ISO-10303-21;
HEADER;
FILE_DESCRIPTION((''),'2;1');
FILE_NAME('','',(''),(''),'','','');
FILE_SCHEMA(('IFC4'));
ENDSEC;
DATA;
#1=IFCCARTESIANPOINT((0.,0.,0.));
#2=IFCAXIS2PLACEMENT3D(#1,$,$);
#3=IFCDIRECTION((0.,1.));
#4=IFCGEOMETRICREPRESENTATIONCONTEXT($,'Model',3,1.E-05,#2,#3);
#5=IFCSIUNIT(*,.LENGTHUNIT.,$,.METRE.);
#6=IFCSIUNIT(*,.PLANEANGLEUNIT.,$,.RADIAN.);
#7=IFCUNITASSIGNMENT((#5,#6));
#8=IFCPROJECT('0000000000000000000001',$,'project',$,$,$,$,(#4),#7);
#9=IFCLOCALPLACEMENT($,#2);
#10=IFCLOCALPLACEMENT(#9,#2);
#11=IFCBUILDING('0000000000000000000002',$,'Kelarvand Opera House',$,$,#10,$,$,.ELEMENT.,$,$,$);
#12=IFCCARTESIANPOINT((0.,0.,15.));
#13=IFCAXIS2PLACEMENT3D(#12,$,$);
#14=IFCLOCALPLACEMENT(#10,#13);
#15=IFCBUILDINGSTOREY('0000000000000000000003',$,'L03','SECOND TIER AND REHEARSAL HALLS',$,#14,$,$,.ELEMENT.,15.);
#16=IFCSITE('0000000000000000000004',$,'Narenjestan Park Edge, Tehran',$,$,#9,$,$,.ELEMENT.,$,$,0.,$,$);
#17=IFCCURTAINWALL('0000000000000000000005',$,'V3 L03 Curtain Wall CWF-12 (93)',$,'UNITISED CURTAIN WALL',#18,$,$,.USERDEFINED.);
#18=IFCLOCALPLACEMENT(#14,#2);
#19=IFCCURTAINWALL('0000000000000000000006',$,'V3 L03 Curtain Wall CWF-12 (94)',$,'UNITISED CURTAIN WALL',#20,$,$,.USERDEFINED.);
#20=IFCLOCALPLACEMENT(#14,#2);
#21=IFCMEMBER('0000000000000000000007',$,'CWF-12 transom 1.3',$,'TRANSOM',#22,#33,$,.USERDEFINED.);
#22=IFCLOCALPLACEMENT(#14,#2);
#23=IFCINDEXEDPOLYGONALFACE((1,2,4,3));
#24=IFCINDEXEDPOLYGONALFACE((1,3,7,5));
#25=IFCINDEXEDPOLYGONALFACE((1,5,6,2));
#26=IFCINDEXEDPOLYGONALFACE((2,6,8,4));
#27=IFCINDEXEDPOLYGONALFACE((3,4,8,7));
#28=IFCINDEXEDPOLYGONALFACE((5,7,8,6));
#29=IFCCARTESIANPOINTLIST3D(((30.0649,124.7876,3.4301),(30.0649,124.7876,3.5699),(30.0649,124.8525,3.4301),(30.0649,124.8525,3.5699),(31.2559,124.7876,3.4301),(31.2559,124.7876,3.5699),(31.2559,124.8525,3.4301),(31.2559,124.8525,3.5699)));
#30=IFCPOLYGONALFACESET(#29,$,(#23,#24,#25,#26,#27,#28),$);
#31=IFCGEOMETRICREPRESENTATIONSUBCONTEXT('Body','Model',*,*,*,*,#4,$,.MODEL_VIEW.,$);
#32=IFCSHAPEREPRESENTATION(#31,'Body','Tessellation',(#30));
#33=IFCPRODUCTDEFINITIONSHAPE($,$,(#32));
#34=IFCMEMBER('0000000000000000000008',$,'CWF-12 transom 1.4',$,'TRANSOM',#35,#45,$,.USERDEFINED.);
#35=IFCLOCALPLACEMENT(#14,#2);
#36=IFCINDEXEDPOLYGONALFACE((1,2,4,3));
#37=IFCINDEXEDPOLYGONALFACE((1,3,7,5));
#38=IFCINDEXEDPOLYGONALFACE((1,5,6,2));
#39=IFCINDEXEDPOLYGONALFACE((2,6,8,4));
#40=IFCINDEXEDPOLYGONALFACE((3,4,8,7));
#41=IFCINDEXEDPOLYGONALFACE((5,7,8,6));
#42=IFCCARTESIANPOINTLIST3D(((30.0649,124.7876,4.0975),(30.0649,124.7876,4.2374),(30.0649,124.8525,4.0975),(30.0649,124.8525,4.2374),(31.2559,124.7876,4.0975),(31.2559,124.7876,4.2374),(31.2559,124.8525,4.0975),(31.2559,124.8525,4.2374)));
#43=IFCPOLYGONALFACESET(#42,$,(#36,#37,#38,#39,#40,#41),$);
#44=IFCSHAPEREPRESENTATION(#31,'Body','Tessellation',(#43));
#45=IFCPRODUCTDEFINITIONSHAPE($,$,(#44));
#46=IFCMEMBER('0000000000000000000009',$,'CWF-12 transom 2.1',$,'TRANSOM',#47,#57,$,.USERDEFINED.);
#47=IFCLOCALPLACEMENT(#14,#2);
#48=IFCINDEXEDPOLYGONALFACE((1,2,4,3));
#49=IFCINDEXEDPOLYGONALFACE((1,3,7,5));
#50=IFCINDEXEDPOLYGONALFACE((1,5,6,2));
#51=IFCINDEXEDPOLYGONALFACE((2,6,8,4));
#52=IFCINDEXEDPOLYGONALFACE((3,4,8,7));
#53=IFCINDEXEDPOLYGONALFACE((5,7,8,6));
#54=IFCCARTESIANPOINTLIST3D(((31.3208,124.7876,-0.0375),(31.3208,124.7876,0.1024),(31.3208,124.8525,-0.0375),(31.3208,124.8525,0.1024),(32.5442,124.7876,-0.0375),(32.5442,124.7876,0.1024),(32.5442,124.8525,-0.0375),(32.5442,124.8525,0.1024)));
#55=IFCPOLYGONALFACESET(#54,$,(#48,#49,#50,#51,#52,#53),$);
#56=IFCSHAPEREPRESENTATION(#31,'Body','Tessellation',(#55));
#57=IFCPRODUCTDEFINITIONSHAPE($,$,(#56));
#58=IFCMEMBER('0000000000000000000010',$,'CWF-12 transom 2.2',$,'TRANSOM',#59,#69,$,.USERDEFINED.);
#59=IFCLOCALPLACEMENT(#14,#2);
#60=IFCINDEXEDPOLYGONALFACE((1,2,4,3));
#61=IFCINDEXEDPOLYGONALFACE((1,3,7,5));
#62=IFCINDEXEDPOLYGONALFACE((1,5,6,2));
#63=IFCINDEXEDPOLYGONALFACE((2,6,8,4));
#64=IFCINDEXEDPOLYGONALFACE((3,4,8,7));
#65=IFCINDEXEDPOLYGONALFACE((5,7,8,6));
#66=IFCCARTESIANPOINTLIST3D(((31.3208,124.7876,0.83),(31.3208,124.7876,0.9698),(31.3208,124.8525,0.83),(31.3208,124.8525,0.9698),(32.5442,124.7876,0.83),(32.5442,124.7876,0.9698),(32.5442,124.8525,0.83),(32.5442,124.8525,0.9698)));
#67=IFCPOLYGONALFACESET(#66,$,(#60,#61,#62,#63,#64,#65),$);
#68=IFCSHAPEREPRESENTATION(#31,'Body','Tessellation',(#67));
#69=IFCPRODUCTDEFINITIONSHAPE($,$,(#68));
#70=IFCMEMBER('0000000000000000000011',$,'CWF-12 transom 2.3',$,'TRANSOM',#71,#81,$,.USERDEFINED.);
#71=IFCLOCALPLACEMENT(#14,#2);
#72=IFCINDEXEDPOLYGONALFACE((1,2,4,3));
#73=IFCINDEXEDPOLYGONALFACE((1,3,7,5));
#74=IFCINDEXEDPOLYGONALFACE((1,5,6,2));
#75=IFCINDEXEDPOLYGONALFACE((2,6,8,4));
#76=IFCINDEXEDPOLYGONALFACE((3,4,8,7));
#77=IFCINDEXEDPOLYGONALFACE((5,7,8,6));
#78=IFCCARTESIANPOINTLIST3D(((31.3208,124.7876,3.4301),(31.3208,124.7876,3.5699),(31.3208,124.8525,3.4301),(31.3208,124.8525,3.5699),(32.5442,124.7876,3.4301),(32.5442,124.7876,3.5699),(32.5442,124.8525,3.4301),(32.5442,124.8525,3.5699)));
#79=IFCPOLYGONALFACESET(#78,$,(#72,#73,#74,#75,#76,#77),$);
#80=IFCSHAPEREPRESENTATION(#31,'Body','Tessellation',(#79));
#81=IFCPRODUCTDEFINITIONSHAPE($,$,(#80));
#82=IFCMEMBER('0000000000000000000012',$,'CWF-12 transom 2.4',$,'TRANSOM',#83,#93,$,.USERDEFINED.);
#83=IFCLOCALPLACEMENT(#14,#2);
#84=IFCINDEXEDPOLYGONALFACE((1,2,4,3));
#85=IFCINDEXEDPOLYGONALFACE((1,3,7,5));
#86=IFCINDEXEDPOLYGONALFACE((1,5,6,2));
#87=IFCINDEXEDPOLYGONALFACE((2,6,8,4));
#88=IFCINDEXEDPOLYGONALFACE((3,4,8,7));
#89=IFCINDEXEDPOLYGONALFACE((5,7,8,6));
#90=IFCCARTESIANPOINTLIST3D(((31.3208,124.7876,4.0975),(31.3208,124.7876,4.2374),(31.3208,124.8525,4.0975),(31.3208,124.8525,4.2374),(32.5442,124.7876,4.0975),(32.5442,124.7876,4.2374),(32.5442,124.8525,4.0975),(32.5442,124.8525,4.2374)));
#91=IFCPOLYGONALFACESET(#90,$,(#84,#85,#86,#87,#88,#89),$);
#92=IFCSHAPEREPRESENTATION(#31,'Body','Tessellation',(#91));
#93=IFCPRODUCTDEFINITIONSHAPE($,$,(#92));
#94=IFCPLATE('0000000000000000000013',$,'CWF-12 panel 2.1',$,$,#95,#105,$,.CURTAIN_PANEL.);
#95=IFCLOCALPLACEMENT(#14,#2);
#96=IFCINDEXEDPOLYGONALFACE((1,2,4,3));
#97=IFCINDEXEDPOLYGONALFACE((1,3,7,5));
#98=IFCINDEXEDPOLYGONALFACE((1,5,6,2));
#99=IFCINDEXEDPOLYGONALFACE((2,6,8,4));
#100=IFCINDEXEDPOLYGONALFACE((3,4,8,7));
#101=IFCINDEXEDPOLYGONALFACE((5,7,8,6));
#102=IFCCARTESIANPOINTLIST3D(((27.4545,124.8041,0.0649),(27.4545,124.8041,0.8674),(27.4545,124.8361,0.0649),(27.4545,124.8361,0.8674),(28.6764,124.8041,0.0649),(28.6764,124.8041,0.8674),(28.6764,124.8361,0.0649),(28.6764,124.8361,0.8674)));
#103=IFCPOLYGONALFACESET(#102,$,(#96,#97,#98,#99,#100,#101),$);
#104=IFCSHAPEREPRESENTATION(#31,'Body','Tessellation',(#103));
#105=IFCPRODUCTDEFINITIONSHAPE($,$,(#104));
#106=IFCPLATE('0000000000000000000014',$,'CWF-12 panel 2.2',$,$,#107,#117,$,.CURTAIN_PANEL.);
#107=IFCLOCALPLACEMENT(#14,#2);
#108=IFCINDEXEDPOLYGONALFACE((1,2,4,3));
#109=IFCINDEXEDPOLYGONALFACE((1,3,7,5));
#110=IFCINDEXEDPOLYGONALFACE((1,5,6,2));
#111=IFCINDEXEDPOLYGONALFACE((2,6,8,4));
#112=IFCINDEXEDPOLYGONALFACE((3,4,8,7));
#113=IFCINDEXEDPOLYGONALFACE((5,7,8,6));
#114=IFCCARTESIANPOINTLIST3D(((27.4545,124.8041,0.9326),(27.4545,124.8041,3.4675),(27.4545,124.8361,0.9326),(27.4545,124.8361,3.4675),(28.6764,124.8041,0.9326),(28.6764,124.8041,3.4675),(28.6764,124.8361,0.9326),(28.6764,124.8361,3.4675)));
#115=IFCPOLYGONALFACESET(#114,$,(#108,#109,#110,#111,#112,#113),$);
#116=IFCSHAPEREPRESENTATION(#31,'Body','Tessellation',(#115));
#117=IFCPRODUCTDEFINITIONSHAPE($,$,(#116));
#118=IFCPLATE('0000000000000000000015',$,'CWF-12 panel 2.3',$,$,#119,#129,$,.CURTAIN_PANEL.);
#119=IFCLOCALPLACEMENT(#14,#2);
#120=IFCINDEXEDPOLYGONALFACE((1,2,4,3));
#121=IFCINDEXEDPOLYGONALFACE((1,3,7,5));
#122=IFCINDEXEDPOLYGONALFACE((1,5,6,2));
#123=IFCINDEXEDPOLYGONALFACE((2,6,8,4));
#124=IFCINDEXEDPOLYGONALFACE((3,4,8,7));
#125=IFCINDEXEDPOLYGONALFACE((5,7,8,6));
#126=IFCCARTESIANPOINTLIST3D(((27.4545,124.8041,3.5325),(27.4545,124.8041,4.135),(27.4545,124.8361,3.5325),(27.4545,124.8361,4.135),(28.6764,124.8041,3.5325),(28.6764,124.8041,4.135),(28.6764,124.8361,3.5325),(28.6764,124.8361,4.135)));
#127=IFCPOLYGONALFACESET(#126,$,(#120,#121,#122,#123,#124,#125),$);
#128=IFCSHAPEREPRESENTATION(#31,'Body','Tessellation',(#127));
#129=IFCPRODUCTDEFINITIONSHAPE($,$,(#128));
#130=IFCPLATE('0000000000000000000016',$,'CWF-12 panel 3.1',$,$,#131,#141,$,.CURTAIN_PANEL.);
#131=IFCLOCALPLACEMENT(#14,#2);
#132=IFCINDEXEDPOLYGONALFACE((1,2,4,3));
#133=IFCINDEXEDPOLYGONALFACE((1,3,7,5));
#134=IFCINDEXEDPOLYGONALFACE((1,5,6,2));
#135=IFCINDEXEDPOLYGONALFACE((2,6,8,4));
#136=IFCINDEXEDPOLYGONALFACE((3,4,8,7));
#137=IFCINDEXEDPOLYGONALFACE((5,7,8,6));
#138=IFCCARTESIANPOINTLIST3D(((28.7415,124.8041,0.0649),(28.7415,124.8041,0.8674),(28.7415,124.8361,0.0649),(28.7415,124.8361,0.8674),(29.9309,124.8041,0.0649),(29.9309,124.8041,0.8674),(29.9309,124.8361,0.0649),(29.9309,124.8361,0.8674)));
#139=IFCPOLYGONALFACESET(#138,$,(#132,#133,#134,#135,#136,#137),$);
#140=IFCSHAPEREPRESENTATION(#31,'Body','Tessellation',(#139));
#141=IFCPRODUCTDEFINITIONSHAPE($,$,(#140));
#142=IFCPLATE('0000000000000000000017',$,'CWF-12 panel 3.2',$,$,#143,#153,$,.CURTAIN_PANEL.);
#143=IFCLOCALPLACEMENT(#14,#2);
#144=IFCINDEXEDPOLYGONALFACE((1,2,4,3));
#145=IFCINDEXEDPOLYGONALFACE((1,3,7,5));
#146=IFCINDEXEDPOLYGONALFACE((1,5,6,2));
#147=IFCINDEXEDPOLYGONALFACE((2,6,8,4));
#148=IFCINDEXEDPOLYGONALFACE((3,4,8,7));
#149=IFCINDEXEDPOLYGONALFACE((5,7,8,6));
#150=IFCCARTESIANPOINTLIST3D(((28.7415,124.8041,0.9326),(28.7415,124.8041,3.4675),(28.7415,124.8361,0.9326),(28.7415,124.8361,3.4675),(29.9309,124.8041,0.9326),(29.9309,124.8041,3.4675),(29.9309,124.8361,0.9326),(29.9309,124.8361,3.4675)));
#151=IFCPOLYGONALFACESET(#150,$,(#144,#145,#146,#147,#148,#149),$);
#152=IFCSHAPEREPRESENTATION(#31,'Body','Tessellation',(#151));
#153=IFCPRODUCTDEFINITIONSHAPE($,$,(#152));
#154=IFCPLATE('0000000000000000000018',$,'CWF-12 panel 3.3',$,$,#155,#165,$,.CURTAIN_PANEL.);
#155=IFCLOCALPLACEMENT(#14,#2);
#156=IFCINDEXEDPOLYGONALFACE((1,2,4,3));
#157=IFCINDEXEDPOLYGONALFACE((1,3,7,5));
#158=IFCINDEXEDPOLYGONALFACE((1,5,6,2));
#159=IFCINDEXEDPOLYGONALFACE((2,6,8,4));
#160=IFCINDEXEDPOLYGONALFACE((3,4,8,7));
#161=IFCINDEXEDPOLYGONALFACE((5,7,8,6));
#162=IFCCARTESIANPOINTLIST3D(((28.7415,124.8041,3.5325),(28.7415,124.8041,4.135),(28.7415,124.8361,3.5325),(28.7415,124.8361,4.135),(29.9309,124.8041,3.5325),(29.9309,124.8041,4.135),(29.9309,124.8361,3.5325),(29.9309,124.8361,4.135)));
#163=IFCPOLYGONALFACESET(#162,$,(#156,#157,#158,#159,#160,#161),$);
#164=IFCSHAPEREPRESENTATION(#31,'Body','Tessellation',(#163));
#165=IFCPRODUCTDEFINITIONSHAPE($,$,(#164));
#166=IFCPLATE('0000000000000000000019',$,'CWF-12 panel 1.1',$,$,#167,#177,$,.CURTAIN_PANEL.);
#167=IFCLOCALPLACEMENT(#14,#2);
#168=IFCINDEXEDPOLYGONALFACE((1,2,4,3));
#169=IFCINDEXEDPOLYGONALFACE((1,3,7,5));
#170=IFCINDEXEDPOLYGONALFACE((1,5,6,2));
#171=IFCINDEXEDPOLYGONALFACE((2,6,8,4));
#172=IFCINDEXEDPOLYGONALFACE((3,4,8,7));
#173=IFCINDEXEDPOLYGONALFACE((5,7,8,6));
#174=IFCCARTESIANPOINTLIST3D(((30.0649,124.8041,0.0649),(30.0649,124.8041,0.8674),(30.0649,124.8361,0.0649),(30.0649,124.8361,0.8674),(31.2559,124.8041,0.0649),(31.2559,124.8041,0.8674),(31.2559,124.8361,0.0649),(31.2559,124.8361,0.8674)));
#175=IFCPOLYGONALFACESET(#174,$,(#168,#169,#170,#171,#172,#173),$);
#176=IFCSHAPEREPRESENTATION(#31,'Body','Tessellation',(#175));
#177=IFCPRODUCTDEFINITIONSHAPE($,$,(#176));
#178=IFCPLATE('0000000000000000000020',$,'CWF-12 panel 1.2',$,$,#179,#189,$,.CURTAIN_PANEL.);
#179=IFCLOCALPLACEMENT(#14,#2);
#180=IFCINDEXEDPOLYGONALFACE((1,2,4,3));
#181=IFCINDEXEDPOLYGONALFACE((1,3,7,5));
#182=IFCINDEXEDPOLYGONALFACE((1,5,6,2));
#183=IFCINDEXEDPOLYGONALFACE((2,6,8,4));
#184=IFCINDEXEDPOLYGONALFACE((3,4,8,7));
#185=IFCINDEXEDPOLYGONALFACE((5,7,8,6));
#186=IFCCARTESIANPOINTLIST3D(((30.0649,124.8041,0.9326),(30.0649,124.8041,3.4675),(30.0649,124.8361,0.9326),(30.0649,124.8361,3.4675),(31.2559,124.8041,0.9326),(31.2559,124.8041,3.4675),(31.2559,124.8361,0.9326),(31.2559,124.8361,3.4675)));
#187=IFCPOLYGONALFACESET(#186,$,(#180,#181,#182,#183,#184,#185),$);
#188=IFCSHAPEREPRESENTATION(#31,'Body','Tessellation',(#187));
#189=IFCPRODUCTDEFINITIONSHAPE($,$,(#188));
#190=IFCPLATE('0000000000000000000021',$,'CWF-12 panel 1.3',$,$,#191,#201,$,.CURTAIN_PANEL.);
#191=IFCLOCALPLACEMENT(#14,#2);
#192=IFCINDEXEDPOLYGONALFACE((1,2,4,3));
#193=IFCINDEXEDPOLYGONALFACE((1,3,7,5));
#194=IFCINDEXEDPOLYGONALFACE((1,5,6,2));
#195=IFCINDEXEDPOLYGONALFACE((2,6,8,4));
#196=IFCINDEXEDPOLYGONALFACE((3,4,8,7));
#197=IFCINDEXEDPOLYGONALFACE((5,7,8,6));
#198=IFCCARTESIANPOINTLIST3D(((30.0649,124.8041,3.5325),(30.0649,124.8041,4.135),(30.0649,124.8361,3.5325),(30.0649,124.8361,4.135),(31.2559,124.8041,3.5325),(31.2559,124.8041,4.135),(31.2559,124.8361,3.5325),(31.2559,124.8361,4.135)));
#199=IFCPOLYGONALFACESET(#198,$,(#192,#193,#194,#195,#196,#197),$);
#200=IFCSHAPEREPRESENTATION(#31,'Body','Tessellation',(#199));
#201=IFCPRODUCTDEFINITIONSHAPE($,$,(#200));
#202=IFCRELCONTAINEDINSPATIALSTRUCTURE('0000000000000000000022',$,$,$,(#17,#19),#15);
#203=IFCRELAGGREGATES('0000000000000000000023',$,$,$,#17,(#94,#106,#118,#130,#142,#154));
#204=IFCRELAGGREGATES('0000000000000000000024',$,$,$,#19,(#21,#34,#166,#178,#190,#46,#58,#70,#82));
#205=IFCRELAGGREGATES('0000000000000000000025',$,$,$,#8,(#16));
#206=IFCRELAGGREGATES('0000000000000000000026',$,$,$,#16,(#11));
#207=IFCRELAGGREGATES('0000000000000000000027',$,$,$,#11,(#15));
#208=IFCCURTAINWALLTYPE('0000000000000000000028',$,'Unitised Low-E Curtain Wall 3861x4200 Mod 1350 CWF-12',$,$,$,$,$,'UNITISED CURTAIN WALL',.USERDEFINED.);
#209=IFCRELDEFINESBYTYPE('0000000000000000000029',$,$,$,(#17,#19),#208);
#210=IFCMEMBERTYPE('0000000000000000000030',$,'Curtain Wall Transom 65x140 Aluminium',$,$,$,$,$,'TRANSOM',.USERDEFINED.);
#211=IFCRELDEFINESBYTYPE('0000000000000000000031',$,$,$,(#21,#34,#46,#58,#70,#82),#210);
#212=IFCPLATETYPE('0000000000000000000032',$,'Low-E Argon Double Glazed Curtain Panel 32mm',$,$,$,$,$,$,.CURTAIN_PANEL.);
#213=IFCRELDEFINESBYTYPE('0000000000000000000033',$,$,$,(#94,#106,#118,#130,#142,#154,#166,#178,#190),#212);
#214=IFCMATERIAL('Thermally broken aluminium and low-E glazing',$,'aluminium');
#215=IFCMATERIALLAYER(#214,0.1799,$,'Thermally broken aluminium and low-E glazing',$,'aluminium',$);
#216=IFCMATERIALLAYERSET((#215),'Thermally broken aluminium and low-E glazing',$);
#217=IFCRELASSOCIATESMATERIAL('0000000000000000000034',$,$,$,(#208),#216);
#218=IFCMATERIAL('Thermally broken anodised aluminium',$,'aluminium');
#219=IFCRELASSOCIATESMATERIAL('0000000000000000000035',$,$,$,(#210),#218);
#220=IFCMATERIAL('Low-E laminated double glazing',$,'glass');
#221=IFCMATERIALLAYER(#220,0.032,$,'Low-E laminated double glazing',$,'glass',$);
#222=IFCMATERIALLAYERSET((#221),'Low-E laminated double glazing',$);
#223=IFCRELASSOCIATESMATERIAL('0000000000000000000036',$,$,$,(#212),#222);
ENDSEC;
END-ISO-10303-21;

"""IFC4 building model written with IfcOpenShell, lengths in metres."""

from ifc_helpers import new_model, si_unit, direction, frame, origin, origin_2d, place, context, subcontext, project, spatial, rectangle, extrude, material, layer, layer_set, material_profile, profile_set, type_object, element, aggregate, save


model = new_model("IFC4")

# Units and contexts
model_context = context("Model", 3, precision=1e-05, world=origin(), true_north=direction((0.0, 1.0)))
body_context = subcontext(model_context, "Body", "Model", "MODEL_VIEW")
ifc_project = project(units=[si_unit("LENGTHUNIT", "METRE"), si_unit("PLANEANGLEUNIT", "RADIAN")], contexts=[model_context])

# Site, building, storey
site_placement = place(None, origin())
site = spatial("IfcSite", under=ifc_project, at=site_placement, Name="Narenjestan Park Edge, Tehran", CompositionType="ELEMENT", RefElevation=0.0)
building_placement = place(site_placement, origin())
building = spatial("IfcBuilding", under=site, at=building_placement, Name="Kelarvand Opera House", CompositionType="ELEMENT")
storey_placement = place(building_placement, frame((0.0, 0.0, 15.0)))
storey = spatial("IfcBuildingStorey", under=building, at=storey_placement, Name="L03", Description="SECOND TIER AND REHEARSAL HALLS", CompositionType="ELEMENT", Elevation=15.0)

# Curtain walls
ifc_material_1 = material(Name="Thermally broken aluminium and low-E glazing", Category="aluminium")
ifc_layer_1 = layer(ifc_material_1, 0.1799, Name="Thermally broken aluminium and low-E glazing", Category="aluminium")
ifc_layer_set_1 = layer_set([ifc_layer_1], Name="Thermally broken aluminium and low-E glazing")
curtain_wall_type = type_object("IfcCurtainWallType", Name="Unitised Low-E Curtain Wall 3861x4200 Mod 1350 CWF-12", ElementType="UNITISED CURTAIN WALL", PredefinedType="USERDEFINED", material=ifc_layer_set_1)
curtain_wall_1_placement = place(storey_placement, origin())
curtain_wall_1 = element("IfcCurtainWall", 1, at=curtain_wall_1_placement, inside=storey, type_object=curtain_wall_type, Name="V3 L03 Curtain Wall CWF-12 (93)", ObjectType="UNITISED CURTAIN WALL", PredefinedType="USERDEFINED")
ifc_material_2 = material(Name="Thermally broken anodised aluminium", Category="aluminium")
curtain_wall_2_placement = place(storey_placement, origin())
curtain_wall_2 = element("IfcCurtainWall", 2, at=curtain_wall_2_placement, inside=storey, type_object=curtain_wall_type, Name="V3 L03 Curtain Wall CWF-12 (94)", ObjectType="UNITISED CURTAIN WALL", PredefinedType="USERDEFINED")

# Members
ifc_material_profile_1 = material_profile(ifc_material_2, rectangle(XDim=0.0649, YDim=0.1399, at=origin_2d()), Name="ALU TRANSOM 65x140", Category="aluminium")
ifc_profile_set_1 = profile_set([ifc_material_profile_1], Name="Thermally broken anodised aluminium")
member_type_1 = type_object("IfcMemberType", Name="Curtain Wall Transom 65x140 Aluminium", ElementType="TRANSOM", PredefinedType="USERDEFINED", material=ifc_profile_set_1)
member_1_placement = place(storey_placement, frame((30.0649, 124.8201, 3.5), z_axis=(1.0, 0.0, 0.0), x_axis=(0.0, 1.0, 0.0)))
member_1 = element("IfcMember", 3, at=member_1_placement, type_object=member_type_1, Name="CWF-12 transom 1.3", ObjectType="TRANSOM", PredefinedType="USERDEFINED", context=body_context, shape_type="SweptSolid", body=[
    extrude(rectangle(XDim=0.0649, YDim=0.1399, at=origin_2d()), origin(), (0.0, 0.0, 1.0), 1.1909),
])
member_2_placement = place(storey_placement, frame((30.0649, 124.8201, 4.1675), z_axis=(1.0, 0.0, 0.0), x_axis=(0.0, 1.0, 0.0)))
member_2 = element("IfcMember", 4, at=member_2_placement, type_object=member_type_1, Name="CWF-12 transom 1.4", ObjectType="TRANSOM", PredefinedType="USERDEFINED", context=body_context, shape_type="SweptSolid", body=[
    extrude(rectangle(XDim=0.0649, YDim=0.1399, at=origin_2d()), origin(), (0.0, 0.0, 1.0), 1.1909),
])
member_3_placement = place(storey_placement, frame((31.3208, 124.8201, 0.0325), z_axis=(1.0, 0.0, 0.0), x_axis=(0.0, 1.0, 0.0)))
member_3 = element("IfcMember", 5, at=member_3_placement, type_object=member_type_1, Name="CWF-12 transom 2.1", ObjectType="TRANSOM", PredefinedType="USERDEFINED", context=body_context, shape_type="SweptSolid", body=[
    extrude(rectangle(XDim=0.0649, YDim=0.1399, at=origin_2d()), origin(), (0.0, 0.0, 1.0), 1.2234),
])
member_4_placement = place(storey_placement, frame((31.3208, 124.8201, 0.8999), z_axis=(1.0, 0.0, 0.0), x_axis=(0.0, 1.0, 0.0)))
member_4 = element("IfcMember", 6, at=member_4_placement, type_object=member_type_1, Name="CWF-12 transom 2.2", ObjectType="TRANSOM", PredefinedType="USERDEFINED", context=body_context, shape_type="SweptSolid", body=[
    extrude(rectangle(XDim=0.0649, YDim=0.1399, at=origin_2d()), origin(), (0.0, 0.0, 1.0), 1.2234),
])
member_5_placement = place(storey_placement, frame((31.3208, 124.8201, 3.5), z_axis=(1.0, 0.0, 0.0), x_axis=(0.0, 1.0, 0.0)))
member_5 = element("IfcMember", 7, at=member_5_placement, type_object=member_type_1, Name="CWF-12 transom 2.3", ObjectType="TRANSOM", PredefinedType="USERDEFINED", context=body_context, shape_type="SweptSolid", body=[
    extrude(rectangle(XDim=0.0649, YDim=0.1399, at=origin_2d()), origin(), (0.0, 0.0, 1.0), 1.2234),
])
member_6_placement = place(storey_placement, frame((31.3208, 124.8201, 4.1675), z_axis=(1.0, 0.0, 0.0), x_axis=(0.0, 1.0, 0.0)))
member_6 = element("IfcMember", 8, at=member_6_placement, type_object=member_type_1, Name="CWF-12 transom 2.4", ObjectType="TRANSOM", PredefinedType="USERDEFINED", context=body_context, shape_type="SweptSolid", body=[
    extrude(rectangle(XDim=0.0649, YDim=0.1399, at=origin_2d()), origin(), (0.0, 0.0, 1.0), 1.2234),
])

# Plates
ifc_material_3 = material(Name="Low-E laminated double glazing", Category="glass")
ifc_layer_2 = layer(ifc_material_3, 0.032, Name="Low-E laminated double glazing", Category="glass")
ifc_layer_set_2 = layer_set([ifc_layer_2], Name="Low-E laminated double glazing")
plate_type = type_object("IfcPlateType", Name="Low-E Argon Double Glazed Curtain Panel 32mm", PredefinedType="CURTAIN_PANEL", material=ifc_layer_set_2)
plate_1_placement = place(storey_placement, frame((28.0654, 124.8201, 0.0649), z_axis=(0.0, 0.0, 1.0), x_axis=(1.0, 0.0, 0.0)))
plate_1 = element("IfcPlate", 9, at=plate_1_placement, type_object=plate_type, Name="CWF-12 panel 2.1", PredefinedType="CURTAIN_PANEL", context=body_context, shape_type="SweptSolid", body=[
    extrude(rectangle(XDim=1.2219, YDim=0.032, at=origin_2d()), origin(), (0.0, 0.0, 1.0), 0.8025),
])
plate_2_placement = place(storey_placement, frame((28.0654, 124.8201, 0.9326), z_axis=(0.0, 0.0, 1.0), x_axis=(1.0, 0.0, 0.0)))
plate_2 = element("IfcPlate", 10, at=plate_2_placement, type_object=plate_type, Name="CWF-12 panel 2.2", PredefinedType="CURTAIN_PANEL", context=body_context, shape_type="SweptSolid", body=[
    extrude(rectangle(XDim=1.2219, YDim=0.032, at=origin_2d()), origin(), (0.0, 0.0, 1.0), 2.5349),
])
plate_3_placement = place(storey_placement, frame((28.0654, 124.8201, 3.5325), z_axis=(0.0, 0.0, 1.0), x_axis=(1.0, 0.0, 0.0)))
plate_3 = element("IfcPlate", 11, at=plate_3_placement, type_object=plate_type, Name="CWF-12 panel 2.3", PredefinedType="CURTAIN_PANEL", context=body_context, shape_type="SweptSolid", body=[
    extrude(rectangle(XDim=1.2219, YDim=0.032, at=origin_2d()), origin(), (0.0, 0.0, 1.0), 0.6025),
])
plate_4_placement = place(storey_placement, frame((29.3362, 124.8201, 0.0649), z_axis=(0.0, 0.0, 1.0), x_axis=(1.0, 0.0, 0.0)))
plate_4 = element("IfcPlate", 12, at=plate_4_placement, type_object=plate_type, Name="CWF-12 panel 3.1", PredefinedType="CURTAIN_PANEL", context=body_context, shape_type="SweptSolid", body=[
    extrude(rectangle(XDim=1.1895, YDim=0.032, at=origin_2d()), origin(), (0.0, 0.0, 1.0), 0.8025),
])
plate_5_placement = place(storey_placement, frame((29.3362, 124.8201, 0.9326), z_axis=(0.0, 0.0, 1.0), x_axis=(1.0, 0.0, 0.0)))
plate_5 = element("IfcPlate", 13, at=plate_5_placement, type_object=plate_type, Name="CWF-12 panel 3.2", PredefinedType="CURTAIN_PANEL", context=body_context, shape_type="SweptSolid", body=[
    extrude(rectangle(XDim=1.1895, YDim=0.032, at=origin_2d()), origin(), (0.0, 0.0, 1.0), 2.5349),
])
plate_6_placement = place(storey_placement, frame((29.3362, 124.8201, 3.5325), z_axis=(0.0, 0.0, 1.0), x_axis=(1.0, 0.0, 0.0)))
plate_6 = element("IfcPlate", 14, at=plate_6_placement, type_object=plate_type, Name="CWF-12 panel 3.3", PredefinedType="CURTAIN_PANEL", context=body_context, shape_type="SweptSolid", body=[
    extrude(rectangle(XDim=1.1895, YDim=0.032, at=origin_2d()), origin(), (0.0, 0.0, 1.0), 0.6025),
])
aggregate(curtain_wall_1, [plate_1, plate_2, plate_3, plate_4, plate_5, plate_6])
plate_7_placement = place(storey_placement, frame((30.6604, 124.8201, 0.0649), z_axis=(0.0, 0.0, 1.0), x_axis=(1.0, 0.0, 0.0)))
plate_7 = element("IfcPlate", 15, at=plate_7_placement, type_object=plate_type, Name="CWF-12 panel 1.1", PredefinedType="CURTAIN_PANEL", context=body_context, shape_type="SweptSolid", body=[
    extrude(rectangle(XDim=1.1909, YDim=0.032, at=origin_2d()), origin(), (0.0, 0.0, 1.0), 0.8025),
])
plate_8_placement = place(storey_placement, frame((30.6604, 124.8201, 0.9326), z_axis=(0.0, 0.0, 1.0), x_axis=(1.0, 0.0, 0.0)))
plate_8 = element("IfcPlate", 16, at=plate_8_placement, type_object=plate_type, Name="CWF-12 panel 1.2", PredefinedType="CURTAIN_PANEL", context=body_context, shape_type="SweptSolid", body=[
    extrude(rectangle(XDim=1.1909, YDim=0.032, at=origin_2d()), origin(), (0.0, 0.0, 1.0), 2.5349),
])
plate_9_placement = place(storey_placement, frame((30.6604, 124.8201, 3.5325), z_axis=(0.0, 0.0, 1.0), x_axis=(1.0, 0.0, 0.0)))
plate_9 = element("IfcPlate", 17, at=plate_9_placement, type_object=plate_type, Name="CWF-12 panel 1.3", PredefinedType="CURTAIN_PANEL", context=body_context, shape_type="SweptSolid", body=[
    extrude(rectangle(XDim=1.1909, YDim=0.032, at=origin_2d()), origin(), (0.0, 0.0, 1.0), 0.6025),
])
aggregate(curtain_wall_2, [member_1, member_2, plate_7, plate_8, plate_9, member_3, member_4, member_5, member_6])

save(model, "model.ifc")
